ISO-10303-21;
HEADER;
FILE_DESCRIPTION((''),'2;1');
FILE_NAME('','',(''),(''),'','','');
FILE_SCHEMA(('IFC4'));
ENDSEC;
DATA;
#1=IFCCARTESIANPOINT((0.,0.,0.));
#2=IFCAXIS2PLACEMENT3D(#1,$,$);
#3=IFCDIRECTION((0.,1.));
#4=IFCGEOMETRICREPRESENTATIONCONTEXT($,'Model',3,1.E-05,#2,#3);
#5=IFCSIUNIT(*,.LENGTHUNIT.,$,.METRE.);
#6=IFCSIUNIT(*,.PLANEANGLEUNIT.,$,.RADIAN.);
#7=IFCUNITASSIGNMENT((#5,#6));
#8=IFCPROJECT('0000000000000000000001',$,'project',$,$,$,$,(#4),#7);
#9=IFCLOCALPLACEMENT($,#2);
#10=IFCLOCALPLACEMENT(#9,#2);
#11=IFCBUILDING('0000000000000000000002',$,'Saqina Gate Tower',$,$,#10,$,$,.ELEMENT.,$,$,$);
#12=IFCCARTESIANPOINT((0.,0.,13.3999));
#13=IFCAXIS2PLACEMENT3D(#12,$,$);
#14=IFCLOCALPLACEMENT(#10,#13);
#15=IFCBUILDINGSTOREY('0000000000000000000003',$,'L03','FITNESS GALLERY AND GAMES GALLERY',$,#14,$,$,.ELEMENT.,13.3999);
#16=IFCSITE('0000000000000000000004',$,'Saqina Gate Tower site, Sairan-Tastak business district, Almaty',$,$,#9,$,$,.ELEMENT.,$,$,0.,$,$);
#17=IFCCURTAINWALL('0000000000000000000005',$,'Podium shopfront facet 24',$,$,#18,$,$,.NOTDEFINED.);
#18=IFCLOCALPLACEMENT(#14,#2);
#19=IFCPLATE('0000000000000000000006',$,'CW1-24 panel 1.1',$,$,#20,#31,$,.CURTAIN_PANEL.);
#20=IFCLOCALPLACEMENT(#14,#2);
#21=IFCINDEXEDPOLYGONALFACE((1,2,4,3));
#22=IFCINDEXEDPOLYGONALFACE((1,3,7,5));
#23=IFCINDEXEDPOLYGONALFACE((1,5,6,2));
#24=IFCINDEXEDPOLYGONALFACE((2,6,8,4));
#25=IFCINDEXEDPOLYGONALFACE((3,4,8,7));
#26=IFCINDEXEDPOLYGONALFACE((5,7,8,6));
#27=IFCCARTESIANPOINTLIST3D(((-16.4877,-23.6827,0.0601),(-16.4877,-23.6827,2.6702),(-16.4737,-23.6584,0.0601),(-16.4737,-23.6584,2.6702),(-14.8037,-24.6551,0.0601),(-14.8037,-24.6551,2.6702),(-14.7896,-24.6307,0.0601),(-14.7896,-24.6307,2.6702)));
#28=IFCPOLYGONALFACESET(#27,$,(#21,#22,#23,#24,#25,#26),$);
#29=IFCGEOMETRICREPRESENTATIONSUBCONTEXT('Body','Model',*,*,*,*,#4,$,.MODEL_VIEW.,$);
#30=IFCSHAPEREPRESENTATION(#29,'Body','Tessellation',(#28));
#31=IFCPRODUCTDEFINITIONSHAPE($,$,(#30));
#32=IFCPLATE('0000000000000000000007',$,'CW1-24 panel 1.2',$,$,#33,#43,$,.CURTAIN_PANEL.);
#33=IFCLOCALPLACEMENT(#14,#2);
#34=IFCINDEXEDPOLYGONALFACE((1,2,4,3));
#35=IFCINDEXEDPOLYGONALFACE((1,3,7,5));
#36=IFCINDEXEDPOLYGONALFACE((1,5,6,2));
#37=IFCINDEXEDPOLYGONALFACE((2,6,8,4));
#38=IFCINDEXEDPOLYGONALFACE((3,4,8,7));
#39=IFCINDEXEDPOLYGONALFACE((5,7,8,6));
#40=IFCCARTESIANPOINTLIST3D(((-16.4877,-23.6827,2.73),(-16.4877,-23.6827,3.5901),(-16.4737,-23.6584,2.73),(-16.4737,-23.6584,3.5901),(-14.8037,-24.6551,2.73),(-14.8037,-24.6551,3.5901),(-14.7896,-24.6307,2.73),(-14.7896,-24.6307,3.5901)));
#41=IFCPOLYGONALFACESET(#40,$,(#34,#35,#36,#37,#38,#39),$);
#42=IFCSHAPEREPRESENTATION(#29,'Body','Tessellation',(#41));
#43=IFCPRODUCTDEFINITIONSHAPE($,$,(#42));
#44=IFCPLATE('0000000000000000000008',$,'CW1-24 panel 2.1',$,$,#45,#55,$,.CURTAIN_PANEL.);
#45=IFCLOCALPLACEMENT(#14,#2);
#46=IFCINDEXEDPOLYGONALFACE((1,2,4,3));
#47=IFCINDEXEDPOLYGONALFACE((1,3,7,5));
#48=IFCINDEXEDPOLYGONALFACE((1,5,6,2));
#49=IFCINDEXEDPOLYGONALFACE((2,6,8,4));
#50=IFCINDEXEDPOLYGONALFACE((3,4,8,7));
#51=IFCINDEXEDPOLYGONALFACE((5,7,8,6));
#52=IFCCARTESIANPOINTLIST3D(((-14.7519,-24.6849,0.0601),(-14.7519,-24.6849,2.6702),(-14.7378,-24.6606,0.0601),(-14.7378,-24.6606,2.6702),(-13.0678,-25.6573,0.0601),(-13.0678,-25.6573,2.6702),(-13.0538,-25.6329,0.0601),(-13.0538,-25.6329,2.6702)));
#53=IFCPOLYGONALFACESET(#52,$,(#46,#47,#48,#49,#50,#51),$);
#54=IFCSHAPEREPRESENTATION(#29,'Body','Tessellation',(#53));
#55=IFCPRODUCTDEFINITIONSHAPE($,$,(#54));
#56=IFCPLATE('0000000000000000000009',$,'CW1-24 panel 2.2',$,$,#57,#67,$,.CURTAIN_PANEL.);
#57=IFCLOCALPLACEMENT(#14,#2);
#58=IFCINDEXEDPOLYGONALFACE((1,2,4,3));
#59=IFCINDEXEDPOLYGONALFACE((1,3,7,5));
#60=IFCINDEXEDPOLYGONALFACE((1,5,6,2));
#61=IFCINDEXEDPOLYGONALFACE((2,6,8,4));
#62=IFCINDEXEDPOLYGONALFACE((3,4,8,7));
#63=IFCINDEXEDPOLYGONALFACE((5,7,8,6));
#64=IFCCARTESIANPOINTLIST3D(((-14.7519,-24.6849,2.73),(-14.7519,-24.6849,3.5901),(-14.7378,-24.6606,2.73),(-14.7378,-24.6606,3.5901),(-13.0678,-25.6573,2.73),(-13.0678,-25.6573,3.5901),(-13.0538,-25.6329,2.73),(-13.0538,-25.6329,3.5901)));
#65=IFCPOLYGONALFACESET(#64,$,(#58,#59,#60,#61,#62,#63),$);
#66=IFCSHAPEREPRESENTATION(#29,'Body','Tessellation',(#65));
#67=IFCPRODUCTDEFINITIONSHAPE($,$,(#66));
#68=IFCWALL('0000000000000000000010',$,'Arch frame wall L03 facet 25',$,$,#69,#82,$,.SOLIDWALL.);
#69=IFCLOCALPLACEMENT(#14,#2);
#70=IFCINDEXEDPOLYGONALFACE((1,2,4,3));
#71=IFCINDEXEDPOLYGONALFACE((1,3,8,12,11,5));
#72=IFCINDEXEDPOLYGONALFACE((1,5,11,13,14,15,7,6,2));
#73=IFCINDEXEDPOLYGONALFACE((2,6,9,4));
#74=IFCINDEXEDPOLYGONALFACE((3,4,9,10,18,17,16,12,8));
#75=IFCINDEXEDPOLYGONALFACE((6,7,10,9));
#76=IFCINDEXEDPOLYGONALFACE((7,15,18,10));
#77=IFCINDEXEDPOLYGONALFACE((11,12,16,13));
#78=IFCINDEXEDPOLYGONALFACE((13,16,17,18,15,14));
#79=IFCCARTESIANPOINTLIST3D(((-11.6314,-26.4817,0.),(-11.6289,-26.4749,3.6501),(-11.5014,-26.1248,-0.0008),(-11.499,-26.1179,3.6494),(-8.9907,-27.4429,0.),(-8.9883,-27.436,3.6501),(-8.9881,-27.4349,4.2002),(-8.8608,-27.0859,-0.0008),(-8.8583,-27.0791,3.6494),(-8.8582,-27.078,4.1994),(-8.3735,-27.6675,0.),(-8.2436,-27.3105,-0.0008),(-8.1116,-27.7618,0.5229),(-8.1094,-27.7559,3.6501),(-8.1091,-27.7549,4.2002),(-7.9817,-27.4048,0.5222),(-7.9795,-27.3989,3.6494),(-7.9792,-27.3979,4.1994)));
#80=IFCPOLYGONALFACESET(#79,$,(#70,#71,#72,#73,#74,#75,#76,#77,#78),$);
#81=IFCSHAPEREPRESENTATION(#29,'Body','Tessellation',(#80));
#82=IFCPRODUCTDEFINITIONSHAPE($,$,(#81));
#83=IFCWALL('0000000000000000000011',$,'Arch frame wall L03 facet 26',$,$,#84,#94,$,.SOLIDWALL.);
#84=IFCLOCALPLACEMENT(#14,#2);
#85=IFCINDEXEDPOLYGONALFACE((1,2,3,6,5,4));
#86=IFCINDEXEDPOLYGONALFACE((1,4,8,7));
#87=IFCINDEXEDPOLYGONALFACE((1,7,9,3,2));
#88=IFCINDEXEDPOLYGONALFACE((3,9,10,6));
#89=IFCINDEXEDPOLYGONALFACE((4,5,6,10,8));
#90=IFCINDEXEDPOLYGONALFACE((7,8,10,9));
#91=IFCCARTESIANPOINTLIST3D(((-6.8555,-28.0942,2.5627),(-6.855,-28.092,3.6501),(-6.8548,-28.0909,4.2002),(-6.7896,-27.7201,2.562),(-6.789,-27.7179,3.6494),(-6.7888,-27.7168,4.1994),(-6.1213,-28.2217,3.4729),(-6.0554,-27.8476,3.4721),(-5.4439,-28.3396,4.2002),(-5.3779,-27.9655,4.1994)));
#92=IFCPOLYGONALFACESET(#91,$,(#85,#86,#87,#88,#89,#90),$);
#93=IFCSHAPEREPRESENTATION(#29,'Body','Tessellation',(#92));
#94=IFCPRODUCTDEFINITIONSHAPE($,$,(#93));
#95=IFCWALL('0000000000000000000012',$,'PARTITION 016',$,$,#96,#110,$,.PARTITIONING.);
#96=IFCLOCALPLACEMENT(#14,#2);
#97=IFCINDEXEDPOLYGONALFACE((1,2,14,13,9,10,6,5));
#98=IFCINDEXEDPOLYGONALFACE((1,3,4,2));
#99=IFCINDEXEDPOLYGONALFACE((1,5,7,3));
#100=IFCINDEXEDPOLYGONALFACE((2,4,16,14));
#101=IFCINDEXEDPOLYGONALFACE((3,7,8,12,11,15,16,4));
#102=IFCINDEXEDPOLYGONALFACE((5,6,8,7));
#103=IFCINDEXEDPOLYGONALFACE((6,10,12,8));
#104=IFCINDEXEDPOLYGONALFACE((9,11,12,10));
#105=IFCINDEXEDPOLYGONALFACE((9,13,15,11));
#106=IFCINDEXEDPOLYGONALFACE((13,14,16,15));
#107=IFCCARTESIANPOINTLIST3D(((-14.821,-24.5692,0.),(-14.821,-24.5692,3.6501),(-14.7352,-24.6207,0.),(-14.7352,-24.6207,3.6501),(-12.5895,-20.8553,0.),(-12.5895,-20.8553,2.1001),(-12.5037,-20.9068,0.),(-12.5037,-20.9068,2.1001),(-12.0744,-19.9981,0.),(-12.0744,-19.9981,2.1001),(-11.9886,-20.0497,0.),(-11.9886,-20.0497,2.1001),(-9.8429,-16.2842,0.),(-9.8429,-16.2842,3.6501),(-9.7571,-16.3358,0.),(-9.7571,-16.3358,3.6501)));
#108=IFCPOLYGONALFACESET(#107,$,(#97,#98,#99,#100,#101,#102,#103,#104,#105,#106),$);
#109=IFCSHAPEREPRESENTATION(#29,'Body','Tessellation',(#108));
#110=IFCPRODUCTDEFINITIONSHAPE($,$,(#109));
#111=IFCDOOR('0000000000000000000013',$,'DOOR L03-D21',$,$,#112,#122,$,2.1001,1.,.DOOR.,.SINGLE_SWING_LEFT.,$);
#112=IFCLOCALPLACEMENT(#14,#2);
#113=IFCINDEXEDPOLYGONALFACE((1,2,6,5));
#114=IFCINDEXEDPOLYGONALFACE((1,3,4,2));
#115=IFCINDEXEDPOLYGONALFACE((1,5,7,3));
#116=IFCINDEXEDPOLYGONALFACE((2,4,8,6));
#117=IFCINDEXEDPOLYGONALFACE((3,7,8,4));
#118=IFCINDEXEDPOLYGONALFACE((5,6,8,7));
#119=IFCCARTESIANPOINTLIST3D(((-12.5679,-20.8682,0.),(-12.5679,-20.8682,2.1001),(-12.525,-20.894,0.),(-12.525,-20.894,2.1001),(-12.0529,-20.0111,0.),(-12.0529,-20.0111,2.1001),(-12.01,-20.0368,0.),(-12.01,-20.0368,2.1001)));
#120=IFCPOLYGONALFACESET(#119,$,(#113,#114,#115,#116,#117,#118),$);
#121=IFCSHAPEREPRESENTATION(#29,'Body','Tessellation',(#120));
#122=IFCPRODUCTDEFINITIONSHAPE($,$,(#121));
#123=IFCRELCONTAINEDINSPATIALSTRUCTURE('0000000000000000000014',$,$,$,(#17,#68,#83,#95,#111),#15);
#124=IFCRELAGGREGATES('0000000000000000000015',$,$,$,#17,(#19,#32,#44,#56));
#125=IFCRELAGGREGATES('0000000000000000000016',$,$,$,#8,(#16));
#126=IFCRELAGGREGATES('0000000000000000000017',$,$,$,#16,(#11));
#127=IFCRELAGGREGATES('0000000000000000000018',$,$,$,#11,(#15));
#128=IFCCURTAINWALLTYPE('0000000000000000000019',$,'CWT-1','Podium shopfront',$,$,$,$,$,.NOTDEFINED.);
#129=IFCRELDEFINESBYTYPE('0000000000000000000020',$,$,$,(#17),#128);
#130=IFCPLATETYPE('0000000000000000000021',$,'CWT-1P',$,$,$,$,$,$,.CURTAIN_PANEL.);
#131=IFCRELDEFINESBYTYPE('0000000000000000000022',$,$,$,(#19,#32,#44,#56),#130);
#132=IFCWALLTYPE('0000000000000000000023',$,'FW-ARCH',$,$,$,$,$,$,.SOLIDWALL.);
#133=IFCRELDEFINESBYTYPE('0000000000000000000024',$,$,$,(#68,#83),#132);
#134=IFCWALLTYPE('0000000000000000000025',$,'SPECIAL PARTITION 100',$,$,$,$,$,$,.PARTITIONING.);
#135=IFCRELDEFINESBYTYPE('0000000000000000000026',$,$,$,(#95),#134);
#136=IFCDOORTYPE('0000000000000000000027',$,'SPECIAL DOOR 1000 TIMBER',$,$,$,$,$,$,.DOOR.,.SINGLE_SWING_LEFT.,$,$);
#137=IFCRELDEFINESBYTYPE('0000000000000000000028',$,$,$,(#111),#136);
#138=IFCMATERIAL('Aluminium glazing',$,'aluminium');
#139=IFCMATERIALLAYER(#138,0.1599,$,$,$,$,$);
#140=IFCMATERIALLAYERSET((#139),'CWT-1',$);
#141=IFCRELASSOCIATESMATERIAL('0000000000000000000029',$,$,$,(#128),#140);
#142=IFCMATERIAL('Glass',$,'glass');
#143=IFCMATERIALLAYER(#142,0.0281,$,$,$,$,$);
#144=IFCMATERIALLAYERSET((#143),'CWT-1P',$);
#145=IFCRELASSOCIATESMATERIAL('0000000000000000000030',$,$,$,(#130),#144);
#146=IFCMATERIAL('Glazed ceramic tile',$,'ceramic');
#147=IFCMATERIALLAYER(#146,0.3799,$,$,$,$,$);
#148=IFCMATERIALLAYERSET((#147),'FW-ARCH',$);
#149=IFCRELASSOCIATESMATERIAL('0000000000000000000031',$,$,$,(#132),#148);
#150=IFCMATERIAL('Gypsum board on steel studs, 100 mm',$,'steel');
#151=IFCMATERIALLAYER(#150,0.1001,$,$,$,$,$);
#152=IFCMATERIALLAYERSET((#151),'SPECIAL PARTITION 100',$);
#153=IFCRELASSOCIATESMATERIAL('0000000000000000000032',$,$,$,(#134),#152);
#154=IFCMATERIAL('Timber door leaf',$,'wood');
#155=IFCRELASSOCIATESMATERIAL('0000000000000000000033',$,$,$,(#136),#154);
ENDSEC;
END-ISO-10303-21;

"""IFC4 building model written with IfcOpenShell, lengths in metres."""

from ifc_helpers import new_model, si_unit, direction, frame, frame_2d, origin, origin_2d, place, context, subcontext, project, spatial, polyline, rectangle, outline, extrude, material, layer, layer_set, type_object, element, fill, aggregate, save


model = new_model("IFC4")

# Units and contexts
model_context = context("Model", 3, precision=1e-05, world=origin(), true_north=direction((0.0, 1.0)))
body_context = subcontext(model_context, "Body", "Model", "MODEL_VIEW")
ifc_project = project(units=[si_unit("LENGTHUNIT", "METRE"), si_unit("PLANEANGLEUNIT", "RADIAN")], contexts=[model_context])

# Site, building, storey
site_placement = place(None, origin())
site = spatial("IfcSite", under=ifc_project, at=site_placement, Name="Saqina Gate Tower site, Sairan-Tastak business district, Almaty", CompositionType="ELEMENT", RefElevation=0.0)
building_placement = place(site_placement, origin())
building = spatial("IfcBuilding", under=site, at=building_placement, Name="Saqina Gate Tower", CompositionType="ELEMENT")
storey_placement = place(building_placement, frame((0.0, 0.0, 13.3999)))
storey = spatial("IfcBuildingStorey", under=building, at=storey_placement, Name="L03", Description="FITNESS GALLERY AND GAMES GALLERY", CompositionType="ELEMENT", Elevation=13.3999)

# Shared definitions
ifc_material_1 = material(Name="Aluminium glazing", Category="aluminium")
ifc_layer_1 = layer(ifc_material_1, 0.1599)
ifc_layer_set_1 = layer_set([ifc_layer_1], Name="CWT-1")
curtain_wall_type = type_object("IfcCurtainWallType", Name="CWT-1", Description="Podium shopfront", PredefinedType="NOTDEFINED", material=ifc_layer_set_1)

# Curtain wall
curtain_wall_1_placement = place(storey_placement, origin())
curtain_wall_1 = element("IfcCurtainWall", 1, at=curtain_wall_1_placement, inside=storey, type_object=curtain_wall_type, Name="Podium shopfront facet 24", PredefinedType="NOTDEFINED")

# Plates
ifc_material_2 = material(Name="Glass", Category="glass")
ifc_layer_2 = layer(ifc_material_2, 0.0281)
ifc_layer_set_2 = layer_set([ifc_layer_2], Name="CWT-1P")
plate_type = type_object("IfcPlateType", Name="CWT-1P", PredefinedType="CURTAIN_PANEL", material=ifc_layer_set_2)
plate_1_placement = place(storey_placement, frame((-15.6387, -24.1567, 0.0601), z_axis=(0.0, 0.0, 1.0), x_axis=(0.866017, -0.500014, 0.0)))
plate_1 = element("IfcPlate", 2, at=plate_1_placement, type_object=plate_type, Name="CW1-24 panel 1.1", PredefinedType="CURTAIN_PANEL", context=body_context, shape_type="SweptSolid", body=[
    extrude(rectangle(XDim=1.9446, YDim=0.0281, at=origin_2d()), origin(), (0.0, 0.0, 1.0), 2.6101),
])
plate_2_placement = place(storey_placement, frame((-15.6387, -24.1567, 2.73), z_axis=(0.0, 0.0, 1.0), x_axis=(0.866017, -0.500014, 0.0)))
plate_2 = element("IfcPlate", 3, at=plate_2_placement, type_object=plate_type, Name="CW1-24 panel 1.2", PredefinedType="CURTAIN_PANEL", context=body_context, shape_type="SweptSolid", body=[
    extrude(rectangle(XDim=1.9446, YDim=0.0281, at=origin_2d()), origin(), (0.0, 0.0, 1.0), 0.8601),
])
plate_3_placement = place(storey_placement, frame((-13.9028, -25.1589, 0.0601), z_axis=(0.0, 0.0, 1.0), x_axis=(0.866017, -0.500014, 0.0)))
plate_3 = element("IfcPlate", 4, at=plate_3_placement, type_object=plate_type, Name="CW1-24 panel 2.1", PredefinedType="CURTAIN_PANEL", context=body_context, shape_type="SweptSolid", body=[
    extrude(rectangle(XDim=1.9446, YDim=0.0281, at=origin_2d()), origin(), (0.0, 0.0, 1.0), 2.6101),
])
plate_4_placement = place(storey_placement, frame((-13.9028, -25.1589, 2.73), z_axis=(0.0, 0.0, 1.0), x_axis=(0.866017, -0.500014, 0.0)))
plate_4 = element("IfcPlate", 5, at=plate_4_placement, type_object=plate_type, Name="CW1-24 panel 2.2", PredefinedType="CURTAIN_PANEL", context=body_context, shape_type="SweptSolid", body=[
    extrude(rectangle(XDim=1.9446, YDim=0.0281, at=origin_2d()), origin(), (0.0, 0.0, 1.0), 0.8601),
])
aggregate(curtain_wall_1, [plate_1, plate_2, plate_3, plate_4])

# Walls
ifc_material_3 = material(Name="Glazed ceramic tile", Category="ceramic")
ifc_layer_3 = layer(ifc_material_3, 0.3799)
ifc_layer_set_3 = layer_set([ifc_layer_3], Name="FW-ARCH")
wall_type_1 = type_object("IfcWallType", Name="FW-ARCH", PredefinedType="SOLIDWALL", material=ifc_layer_set_3)
wall_1_placement = place(storey_placement, frame((-8.9907, -27.4429, 0.0), z_axis=(-0.342027, -0.939688, 0.001991), x_axis=(-0.93969, 0.342028, 0.0)))
element("IfcWall", 6, at=wall_1_placement, inside=storey, type_object=wall_type_1, Name="Arch frame wall L03 facet 25", PredefinedType="SOLIDWALL", context=body_context, shape_type="SweptSolid", body=[
    extrude(outline(polyline([(0.0, 0.0), (2.8101, 0.0), (2.8102, -3.6502), (0.0, -3.6502), (0.0002, -4.2002), (-0.9351, -4.2002), (-0.9352, -3.6502), (-0.9352, -0.523), (-0.6568, 0.0), (0.0, 0.0)])), origin(), (0.0, 0.0, -1.0), 0.3799),
])
wall_2_placement = place(storey_placement, frame((-6.855, -28.092, 3.6501), z_axis=(-0.173592, -0.984816, 0.002032), x_axis=(0.000404, 0.001993, 0.999998)))
element("IfcWall", 7, at=wall_2_placement, inside=storey, type_object=wall_type_1, Name="Arch frame wall L03 facet 26", PredefinedType="SOLIDWALL", context=body_context, shape_type="SweptSolid", body=[
    extrude(outline(polyline([(0.0, 0.0), (0.5501, 0.0), (0.5501, -1.4327), (-0.1772, -0.745), (-1.0874, 0.0001), (0.0, 0.0)])), origin(), (0.0, 0.0, -1.0), 0.3799),
])

# Wall, opening, door
ifc_material_4 = material(Name="Gypsum board on steel studs, 100 mm", Category="steel")
ifc_layer_4 = layer(ifc_material_4, 0.1001)
ifc_layer_set_4 = layer_set([ifc_layer_4], Name="SPECIAL PARTITION 100")
wall_type_2 = type_object("IfcWallType", Name="SPECIAL PARTITION 100", PredefinedType="PARTITIONING", material=ifc_layer_set_4)
wall_3_placement = place(storey_placement, frame((-14.7781, -24.595, 0.0), z_axis=(0.0, 0.0, 1.0), x_axis=(0.515034, 0.85717, 0.0)))
wall_3 = element("IfcWall", 8, at=wall_3_placement, inside=storey, type_object=wall_type_2, Name="PARTITION 016", PredefinedType="PARTITIONING", context=body_context, shape_type="SweptSolid", body=[
    extrude(rectangle(XDim=9.6655, YDim=0.1001, at=frame_2d((4.8328, 0.0))), origin(), (0.0, 0.0, 1.0), 3.6501),
])
opening_1_placement = place(wall_3_placement, frame((4.3328, 0.0, 0.0)))
opening_1 = element("IfcOpeningElement", 9, at=opening_1_placement, cuts=wall_3, PredefinedType="OPENING", context=body_context, shape_type="SweptSolid", body=[
    extrude(rectangle(XDim=1.0, YDim=2.1001, at=frame_2d((0.5, 1.05))), frame((0.0, 0.062, 0.0), z_axis=(0.0, -1.0, 0.0), x_axis=(1.0, 0.0, 0.0)), (0.0, 0.0, 1.0), 0.124),
])
ifc_material_5 = material(Name="Timber door leaf", Category="wood")
door_type = type_object("IfcDoorType", Name="SPECIAL DOOR 1000 TIMBER", OperationType="SINGLE_SWING_LEFT", PredefinedType="DOOR", material=ifc_material_5)
door_placement = place(opening_1_placement, origin())
door = element("IfcDoor", 10, at=door_placement, inside=storey, type_object=door_type, Name="DOOR L03-D21", OperationType="SINGLE_SWING_LEFT", OverallHeight=2.1001, OverallWidth=1.0, PredefinedType="DOOR", context=body_context, shape_type="SweptSolid", body=[
    extrude(rectangle(XDim=1.0, YDim=2.1001, at=frame_2d((0.5, 1.05))), frame((0.0, 0.0249, 0.0), z_axis=(0.0, -1.0, 0.0), x_axis=(1.0, 0.0, 0.0)), (0.0, 0.0, 1.0), 0.05),
])
fill(opening_1, door)

save(model, "model.ifc")
